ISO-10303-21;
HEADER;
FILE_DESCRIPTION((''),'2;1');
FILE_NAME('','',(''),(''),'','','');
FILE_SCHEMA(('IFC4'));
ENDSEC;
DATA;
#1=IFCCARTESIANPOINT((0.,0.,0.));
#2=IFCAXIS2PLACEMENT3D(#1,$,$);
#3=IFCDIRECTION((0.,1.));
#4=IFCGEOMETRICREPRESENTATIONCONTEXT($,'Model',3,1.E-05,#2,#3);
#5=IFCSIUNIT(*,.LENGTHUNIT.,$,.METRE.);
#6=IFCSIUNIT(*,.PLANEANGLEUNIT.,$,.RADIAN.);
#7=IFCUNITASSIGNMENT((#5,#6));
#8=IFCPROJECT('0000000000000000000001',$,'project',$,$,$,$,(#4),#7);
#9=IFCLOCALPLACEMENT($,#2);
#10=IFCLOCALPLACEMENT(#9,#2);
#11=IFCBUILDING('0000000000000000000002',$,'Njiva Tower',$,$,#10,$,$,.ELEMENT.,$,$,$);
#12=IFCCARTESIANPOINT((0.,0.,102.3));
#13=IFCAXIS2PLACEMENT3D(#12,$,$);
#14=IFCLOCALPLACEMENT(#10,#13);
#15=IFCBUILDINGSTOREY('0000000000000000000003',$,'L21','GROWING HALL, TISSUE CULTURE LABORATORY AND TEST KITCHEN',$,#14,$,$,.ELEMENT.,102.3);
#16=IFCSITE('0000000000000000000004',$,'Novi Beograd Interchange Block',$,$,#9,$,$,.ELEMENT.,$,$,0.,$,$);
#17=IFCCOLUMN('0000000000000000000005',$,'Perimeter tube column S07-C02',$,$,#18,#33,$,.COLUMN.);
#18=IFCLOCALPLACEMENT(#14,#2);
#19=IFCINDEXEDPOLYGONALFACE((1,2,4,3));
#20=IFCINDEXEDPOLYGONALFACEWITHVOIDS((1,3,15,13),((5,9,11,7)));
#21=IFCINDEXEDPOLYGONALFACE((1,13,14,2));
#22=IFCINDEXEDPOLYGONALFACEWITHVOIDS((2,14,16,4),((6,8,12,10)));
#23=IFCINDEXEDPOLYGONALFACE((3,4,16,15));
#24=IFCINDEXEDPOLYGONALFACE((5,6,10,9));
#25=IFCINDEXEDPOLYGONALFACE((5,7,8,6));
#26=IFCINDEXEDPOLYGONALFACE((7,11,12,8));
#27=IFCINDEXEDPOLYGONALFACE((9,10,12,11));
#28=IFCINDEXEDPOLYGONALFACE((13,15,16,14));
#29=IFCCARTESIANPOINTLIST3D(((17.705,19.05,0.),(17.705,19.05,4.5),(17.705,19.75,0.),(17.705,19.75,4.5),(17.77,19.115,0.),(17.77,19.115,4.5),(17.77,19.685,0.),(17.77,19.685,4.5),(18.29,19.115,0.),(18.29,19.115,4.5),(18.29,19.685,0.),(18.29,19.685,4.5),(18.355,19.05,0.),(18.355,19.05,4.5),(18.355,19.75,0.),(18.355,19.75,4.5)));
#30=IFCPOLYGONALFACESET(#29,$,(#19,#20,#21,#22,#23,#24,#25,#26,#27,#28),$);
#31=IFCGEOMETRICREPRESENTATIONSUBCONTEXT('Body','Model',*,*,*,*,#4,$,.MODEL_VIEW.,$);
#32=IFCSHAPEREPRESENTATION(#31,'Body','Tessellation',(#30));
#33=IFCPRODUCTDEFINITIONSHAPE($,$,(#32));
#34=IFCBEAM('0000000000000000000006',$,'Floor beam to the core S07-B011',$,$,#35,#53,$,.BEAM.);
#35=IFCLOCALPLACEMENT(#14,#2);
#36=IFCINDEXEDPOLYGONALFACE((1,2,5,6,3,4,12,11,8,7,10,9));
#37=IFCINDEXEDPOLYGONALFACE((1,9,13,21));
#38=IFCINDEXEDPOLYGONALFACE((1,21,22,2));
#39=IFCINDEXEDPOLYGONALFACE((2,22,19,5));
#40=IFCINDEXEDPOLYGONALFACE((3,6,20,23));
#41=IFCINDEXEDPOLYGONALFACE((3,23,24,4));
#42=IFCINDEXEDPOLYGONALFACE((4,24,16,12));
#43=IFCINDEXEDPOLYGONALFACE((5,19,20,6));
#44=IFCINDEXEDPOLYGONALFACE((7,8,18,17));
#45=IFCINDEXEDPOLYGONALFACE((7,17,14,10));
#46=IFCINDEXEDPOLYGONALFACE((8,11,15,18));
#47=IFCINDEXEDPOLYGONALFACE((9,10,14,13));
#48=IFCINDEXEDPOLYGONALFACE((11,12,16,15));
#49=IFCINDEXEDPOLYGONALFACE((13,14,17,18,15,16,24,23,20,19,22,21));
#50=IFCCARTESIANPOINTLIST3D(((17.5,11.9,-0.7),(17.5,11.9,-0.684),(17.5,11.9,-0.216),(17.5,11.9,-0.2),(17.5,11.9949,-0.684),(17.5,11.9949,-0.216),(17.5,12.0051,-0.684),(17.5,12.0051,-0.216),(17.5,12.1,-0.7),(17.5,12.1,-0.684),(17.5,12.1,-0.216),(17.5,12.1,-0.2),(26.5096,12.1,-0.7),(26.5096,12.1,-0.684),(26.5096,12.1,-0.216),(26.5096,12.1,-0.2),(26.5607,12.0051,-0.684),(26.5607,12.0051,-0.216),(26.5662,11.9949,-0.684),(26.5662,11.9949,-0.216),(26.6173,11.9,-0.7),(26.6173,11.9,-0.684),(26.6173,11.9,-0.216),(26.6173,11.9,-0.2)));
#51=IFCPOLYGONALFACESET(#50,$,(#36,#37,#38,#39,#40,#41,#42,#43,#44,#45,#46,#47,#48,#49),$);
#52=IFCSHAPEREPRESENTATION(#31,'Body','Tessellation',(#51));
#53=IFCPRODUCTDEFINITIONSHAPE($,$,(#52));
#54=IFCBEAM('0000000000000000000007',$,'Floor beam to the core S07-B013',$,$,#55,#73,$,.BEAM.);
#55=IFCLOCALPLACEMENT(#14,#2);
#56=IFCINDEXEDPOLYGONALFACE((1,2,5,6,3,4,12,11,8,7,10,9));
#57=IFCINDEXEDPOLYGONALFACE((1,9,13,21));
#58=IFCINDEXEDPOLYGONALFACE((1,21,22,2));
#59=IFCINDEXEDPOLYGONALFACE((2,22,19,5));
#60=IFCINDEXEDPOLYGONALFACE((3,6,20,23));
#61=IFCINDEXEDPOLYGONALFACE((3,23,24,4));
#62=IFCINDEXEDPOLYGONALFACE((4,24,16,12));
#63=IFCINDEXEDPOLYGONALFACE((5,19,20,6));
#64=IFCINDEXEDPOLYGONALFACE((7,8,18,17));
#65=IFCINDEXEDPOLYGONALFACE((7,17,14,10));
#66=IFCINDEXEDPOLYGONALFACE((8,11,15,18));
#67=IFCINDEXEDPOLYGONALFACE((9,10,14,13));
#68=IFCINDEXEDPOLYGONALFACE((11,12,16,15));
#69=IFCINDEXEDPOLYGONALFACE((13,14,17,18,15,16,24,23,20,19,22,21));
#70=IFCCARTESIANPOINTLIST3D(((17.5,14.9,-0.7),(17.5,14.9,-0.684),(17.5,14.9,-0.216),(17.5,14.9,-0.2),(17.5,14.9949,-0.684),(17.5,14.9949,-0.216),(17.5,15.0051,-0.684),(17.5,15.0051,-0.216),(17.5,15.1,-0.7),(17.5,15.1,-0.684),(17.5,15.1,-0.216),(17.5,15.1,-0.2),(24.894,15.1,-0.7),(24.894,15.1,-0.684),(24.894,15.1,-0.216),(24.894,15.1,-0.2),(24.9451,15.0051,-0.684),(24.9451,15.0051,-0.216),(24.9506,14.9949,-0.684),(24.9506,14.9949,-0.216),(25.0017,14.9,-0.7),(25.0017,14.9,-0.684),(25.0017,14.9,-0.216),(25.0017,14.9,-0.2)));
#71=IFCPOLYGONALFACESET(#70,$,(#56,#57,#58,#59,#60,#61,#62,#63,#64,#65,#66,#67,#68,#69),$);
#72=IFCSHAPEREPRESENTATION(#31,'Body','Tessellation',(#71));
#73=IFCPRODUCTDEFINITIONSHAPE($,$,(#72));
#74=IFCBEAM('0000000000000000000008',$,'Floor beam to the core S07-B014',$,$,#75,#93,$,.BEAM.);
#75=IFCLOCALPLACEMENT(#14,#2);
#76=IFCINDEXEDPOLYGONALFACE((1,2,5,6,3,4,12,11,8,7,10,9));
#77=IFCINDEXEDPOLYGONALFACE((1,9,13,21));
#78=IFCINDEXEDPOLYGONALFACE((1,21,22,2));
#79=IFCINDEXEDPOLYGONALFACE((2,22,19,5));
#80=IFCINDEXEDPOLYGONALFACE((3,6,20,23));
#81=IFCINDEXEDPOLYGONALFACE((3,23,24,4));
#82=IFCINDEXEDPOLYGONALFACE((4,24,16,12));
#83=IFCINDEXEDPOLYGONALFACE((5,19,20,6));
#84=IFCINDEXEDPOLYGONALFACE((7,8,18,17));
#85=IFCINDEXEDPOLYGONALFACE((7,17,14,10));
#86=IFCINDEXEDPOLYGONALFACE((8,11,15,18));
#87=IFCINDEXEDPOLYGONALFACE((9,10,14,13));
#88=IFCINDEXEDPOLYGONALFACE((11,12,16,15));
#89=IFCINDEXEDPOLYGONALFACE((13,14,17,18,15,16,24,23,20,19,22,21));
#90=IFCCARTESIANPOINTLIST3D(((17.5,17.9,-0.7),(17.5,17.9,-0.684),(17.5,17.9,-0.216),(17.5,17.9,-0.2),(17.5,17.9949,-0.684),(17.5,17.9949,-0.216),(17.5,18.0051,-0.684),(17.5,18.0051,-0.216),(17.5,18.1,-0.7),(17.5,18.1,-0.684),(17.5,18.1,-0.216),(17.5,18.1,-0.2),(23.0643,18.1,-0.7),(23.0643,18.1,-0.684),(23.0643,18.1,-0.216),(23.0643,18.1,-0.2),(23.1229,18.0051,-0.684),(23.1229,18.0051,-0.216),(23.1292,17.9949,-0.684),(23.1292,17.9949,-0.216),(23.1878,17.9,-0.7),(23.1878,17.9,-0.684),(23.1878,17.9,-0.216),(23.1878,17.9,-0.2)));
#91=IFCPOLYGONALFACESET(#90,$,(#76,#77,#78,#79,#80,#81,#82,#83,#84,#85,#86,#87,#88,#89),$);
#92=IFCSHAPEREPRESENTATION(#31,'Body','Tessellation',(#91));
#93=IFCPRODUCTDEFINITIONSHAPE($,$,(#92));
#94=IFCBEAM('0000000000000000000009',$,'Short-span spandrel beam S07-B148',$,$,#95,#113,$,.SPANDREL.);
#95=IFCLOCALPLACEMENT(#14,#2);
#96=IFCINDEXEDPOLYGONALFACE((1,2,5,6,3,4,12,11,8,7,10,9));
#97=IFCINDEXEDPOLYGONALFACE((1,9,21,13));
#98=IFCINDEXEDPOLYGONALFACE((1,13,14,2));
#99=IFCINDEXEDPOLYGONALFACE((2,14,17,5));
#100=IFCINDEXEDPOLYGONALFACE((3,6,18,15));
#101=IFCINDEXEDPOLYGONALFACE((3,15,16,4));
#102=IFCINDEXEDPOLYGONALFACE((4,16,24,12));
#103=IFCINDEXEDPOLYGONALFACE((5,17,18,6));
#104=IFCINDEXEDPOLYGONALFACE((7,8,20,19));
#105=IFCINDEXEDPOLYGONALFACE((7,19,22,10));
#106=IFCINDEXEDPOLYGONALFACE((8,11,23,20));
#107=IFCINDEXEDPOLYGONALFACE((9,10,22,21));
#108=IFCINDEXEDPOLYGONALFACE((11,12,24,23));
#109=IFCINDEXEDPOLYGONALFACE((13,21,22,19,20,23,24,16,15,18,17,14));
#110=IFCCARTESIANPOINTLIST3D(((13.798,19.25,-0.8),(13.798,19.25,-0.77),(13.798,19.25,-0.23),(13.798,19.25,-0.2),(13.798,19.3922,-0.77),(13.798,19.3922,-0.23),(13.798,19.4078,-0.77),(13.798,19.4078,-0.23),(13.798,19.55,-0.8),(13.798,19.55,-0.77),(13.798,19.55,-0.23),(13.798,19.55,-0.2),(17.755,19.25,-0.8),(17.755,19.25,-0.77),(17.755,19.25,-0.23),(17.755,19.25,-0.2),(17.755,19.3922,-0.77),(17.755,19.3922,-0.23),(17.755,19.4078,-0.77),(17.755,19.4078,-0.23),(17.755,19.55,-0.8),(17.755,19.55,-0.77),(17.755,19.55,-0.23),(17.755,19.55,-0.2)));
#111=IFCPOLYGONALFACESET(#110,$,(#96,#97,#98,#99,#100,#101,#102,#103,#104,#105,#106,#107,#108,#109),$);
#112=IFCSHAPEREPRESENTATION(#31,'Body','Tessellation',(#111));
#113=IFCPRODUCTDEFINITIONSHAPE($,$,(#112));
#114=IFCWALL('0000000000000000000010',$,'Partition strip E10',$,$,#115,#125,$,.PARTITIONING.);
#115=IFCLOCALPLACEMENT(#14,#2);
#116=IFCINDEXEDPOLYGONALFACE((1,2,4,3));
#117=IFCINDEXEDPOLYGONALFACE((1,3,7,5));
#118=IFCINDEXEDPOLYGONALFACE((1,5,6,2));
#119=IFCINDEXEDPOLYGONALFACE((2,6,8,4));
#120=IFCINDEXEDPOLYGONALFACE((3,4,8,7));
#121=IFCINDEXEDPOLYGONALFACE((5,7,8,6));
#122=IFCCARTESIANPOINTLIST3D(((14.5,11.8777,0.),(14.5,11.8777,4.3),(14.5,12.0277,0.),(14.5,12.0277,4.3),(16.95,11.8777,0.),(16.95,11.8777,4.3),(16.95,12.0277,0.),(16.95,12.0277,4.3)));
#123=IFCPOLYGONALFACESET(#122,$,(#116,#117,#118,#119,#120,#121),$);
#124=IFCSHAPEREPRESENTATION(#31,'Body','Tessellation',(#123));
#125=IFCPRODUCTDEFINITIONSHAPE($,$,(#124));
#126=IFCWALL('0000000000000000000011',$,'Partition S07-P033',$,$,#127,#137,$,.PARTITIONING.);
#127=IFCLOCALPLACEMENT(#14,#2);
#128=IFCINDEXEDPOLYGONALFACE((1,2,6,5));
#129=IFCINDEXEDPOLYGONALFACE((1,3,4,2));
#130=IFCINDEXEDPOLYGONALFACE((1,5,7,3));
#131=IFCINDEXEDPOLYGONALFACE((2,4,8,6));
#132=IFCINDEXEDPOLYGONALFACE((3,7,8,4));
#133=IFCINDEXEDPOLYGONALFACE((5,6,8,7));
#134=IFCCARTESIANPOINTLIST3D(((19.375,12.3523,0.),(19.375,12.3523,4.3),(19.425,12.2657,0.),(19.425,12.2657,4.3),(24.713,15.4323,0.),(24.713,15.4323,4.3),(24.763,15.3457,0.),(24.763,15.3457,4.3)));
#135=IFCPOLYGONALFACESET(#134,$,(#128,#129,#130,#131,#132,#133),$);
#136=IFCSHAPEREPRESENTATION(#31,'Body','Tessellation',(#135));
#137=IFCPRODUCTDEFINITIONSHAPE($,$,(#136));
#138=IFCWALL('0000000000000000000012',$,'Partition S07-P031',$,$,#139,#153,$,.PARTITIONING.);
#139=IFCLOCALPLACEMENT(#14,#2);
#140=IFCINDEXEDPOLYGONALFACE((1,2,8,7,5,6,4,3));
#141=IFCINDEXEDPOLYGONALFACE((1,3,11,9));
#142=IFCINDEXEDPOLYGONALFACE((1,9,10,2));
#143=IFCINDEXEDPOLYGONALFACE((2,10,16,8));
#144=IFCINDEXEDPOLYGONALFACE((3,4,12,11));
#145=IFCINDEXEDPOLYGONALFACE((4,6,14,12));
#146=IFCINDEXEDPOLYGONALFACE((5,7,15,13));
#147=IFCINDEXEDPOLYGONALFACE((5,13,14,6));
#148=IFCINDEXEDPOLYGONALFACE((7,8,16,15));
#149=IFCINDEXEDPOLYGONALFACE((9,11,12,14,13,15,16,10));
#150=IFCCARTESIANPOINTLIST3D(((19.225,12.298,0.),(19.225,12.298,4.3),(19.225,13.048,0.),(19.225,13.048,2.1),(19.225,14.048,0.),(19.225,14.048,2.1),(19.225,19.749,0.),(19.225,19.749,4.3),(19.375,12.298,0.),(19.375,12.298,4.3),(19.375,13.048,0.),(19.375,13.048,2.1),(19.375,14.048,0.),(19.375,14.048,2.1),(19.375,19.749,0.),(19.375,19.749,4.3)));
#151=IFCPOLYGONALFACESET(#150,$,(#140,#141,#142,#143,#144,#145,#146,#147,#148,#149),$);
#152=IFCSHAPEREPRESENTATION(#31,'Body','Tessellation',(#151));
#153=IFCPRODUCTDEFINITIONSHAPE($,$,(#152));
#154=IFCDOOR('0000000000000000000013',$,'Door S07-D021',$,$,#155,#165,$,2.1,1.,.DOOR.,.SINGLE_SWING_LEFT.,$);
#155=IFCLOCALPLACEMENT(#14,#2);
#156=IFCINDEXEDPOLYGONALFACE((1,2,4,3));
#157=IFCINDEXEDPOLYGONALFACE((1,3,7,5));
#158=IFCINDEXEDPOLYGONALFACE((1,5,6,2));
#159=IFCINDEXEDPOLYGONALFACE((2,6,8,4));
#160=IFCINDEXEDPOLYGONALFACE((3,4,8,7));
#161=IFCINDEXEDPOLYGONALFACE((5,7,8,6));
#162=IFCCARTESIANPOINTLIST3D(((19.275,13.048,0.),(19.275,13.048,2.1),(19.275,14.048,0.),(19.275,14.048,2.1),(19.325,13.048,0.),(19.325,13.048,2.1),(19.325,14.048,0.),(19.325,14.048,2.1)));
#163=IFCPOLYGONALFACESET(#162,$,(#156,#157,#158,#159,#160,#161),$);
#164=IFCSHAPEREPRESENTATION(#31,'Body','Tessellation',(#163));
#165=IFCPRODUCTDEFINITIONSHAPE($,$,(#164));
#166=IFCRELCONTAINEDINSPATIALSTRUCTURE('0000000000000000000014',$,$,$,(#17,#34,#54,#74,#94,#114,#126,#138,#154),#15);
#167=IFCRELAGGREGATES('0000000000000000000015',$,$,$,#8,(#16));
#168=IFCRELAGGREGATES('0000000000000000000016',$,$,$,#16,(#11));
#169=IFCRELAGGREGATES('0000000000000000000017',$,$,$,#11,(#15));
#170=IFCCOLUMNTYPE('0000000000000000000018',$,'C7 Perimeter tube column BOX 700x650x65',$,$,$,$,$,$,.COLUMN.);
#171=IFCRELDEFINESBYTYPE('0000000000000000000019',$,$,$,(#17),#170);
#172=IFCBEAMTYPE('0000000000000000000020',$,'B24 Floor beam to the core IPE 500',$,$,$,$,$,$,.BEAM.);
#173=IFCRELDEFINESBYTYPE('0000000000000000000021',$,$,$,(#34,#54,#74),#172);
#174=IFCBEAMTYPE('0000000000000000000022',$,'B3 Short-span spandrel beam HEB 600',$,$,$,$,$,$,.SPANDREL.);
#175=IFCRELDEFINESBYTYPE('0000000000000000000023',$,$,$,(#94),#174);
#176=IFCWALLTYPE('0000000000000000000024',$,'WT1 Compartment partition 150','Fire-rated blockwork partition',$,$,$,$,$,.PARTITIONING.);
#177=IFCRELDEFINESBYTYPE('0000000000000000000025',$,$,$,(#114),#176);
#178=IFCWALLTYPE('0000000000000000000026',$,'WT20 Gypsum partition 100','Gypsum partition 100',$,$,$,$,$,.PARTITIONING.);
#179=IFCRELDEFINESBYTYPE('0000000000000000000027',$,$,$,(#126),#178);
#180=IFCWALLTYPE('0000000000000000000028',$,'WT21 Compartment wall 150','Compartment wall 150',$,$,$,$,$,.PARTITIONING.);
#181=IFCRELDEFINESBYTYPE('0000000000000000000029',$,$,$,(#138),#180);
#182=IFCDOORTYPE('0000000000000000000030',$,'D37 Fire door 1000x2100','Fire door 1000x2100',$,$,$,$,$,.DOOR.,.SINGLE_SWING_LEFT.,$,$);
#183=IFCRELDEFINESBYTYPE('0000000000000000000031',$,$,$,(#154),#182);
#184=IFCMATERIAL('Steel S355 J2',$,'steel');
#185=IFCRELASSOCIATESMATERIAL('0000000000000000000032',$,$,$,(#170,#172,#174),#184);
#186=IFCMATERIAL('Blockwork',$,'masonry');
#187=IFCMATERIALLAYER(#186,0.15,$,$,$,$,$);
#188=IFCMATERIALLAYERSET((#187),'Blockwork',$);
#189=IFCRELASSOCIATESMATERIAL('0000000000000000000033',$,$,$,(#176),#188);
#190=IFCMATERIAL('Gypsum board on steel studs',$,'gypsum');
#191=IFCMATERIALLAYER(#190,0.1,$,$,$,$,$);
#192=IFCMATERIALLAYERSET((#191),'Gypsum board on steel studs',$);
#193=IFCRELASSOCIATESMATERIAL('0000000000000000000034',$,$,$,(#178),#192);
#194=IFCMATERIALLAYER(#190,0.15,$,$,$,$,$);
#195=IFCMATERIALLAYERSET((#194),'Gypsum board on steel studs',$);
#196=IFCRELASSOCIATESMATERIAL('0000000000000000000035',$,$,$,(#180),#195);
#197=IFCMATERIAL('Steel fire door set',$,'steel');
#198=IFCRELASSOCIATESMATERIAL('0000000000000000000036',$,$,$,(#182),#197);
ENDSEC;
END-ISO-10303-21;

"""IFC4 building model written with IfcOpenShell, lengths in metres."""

from ifc_helpers import new_model, si_unit, direction, frame, frame_2d, origin, origin_2d, place, context, subcontext, project, spatial, rectangle, hollow_rectangle, i_section, extrude, clip, halfspace, material, layer, layer_set, material_profile, profile_set, type_object, element, fill, save


model = new_model("IFC4")

# Units and contexts
model_context = context("Model", 3, precision=1e-05, world=origin(), true_north=direction((0.0, 1.0)))
body_context = subcontext(model_context, "Body", "Model", "MODEL_VIEW")
ifc_project = project(units=[si_unit("LENGTHUNIT", "METRE"), si_unit("PLANEANGLEUNIT", "RADIAN")], contexts=[model_context])

# Site, building, storey
site_placement = place(None, origin())
site = spatial("IfcSite", under=ifc_project, at=site_placement, Name="Novi Beograd Interchange Block", CompositionType="ELEMENT", RefElevation=0.0)
building_placement = place(site_placement, origin())
building = spatial("IfcBuilding", under=site, at=building_placement, Name="Njiva Tower", CompositionType="ELEMENT")
storey_placement = place(building_placement, frame((0.0, 0.0, 102.3)))
storey = spatial("IfcBuildingStorey", under=building, at=storey_placement, Name="L21", Description="GROWING HALL, TISSUE CULTURE LABORATORY AND TEST KITCHEN", CompositionType="ELEMENT", Elevation=102.3)

# Column
ifc_material_1 = material(Name="Steel S355 J2", Category="steel")
ifc_material_profile_1 = material_profile(ifc_material_1, hollow_rectangle(XDim=0.65, YDim=0.7, WallThickness=0.065, at=origin_2d()), Name="BOX 700x650x65")
ifc_profile_set_1 = profile_set([ifc_material_profile_1], Name="Steel S355 J2")
column_type = type_object("IfcColumnType", Name="C7 Perimeter tube column BOX 700x650x65", PredefinedType="COLUMN", material=ifc_profile_set_1)
column_placement = place(storey_placement, frame((18.03, 19.4, 0.0), z_axis=(0.0, 0.0, 1.0), x_axis=(-1.0, 0.0, 0.0)))
element("IfcColumn", 1, at=column_placement, inside=storey, type_object=column_type, Name="Perimeter tube column S07-C02", PredefinedType="COLUMN", context=body_context, shape_type="SweptSolid", body=[
    extrude(hollow_rectangle(XDim=0.65, YDim=0.7, WallThickness=0.065, at=origin_2d()), origin(), (0.0, 0.0, 1.0), 4.5),
])

# Beams
ifc_material_profile_2 = material_profile(ifc_material_1, i_section(OverallWidth=0.2, OverallDepth=0.5, WebThickness=0.0102, FlangeThickness=0.016, at=origin_2d()), Name="IPE 500")
ifc_profile_set_2 = profile_set([ifc_material_profile_2], Name="Steel S355 J2")
beam_type_1 = type_object("IfcBeamType", Name="B24 Floor beam to the core IPE 500", PredefinedType="BEAM", material=ifc_profile_set_2)
beam_1_placement = place(storey_placement, frame((17.5, 12.0, -0.45), z_axis=(1.0, 0.0, 0.0), x_axis=(0.0, 1.0, 0.0)))
element("IfcBeam", 2, at=beam_1_placement, inside=storey, type_object=beam_type_1, Name="Floor beam to the core S07-B011", PredefinedType="BEAM", context=body_context, shape_type="Clipping", body=[
    clip(extrude(i_section(OverallWidth=0.2, OverallDepth=0.5, WebThickness=0.0102, FlangeThickness=0.016, at=origin_2d()), origin(), (0.0, 0.0, 1.0), 9.137), halfspace(frame((0.0237, 0.0, 9.0507), z_axis=(0.474152, 0.0, 0.880443), x_axis=(0.0, 1.0, 0.0)), False)),
])
beam_2_placement = place(storey_placement, frame((17.5, 15.0, -0.45), z_axis=(1.0, 0.0, 0.0), x_axis=(0.0, 1.0, 0.0)))
element("IfcBeam", 3, at=beam_2_placement, inside=storey, type_object=beam_type_1, Name="Floor beam to the core S07-B013", PredefinedType="BEAM", context=body_context, shape_type="Clipping", body=[
    clip(extrude(i_section(OverallWidth=0.2, OverallDepth=0.5, WebThickness=0.0102, FlangeThickness=0.016, at=origin_2d()), origin(), (0.0, 0.0, 1.0), 7.522), halfspace(frame((0.0237, 0.0, 7.4351), z_axis=(0.474152, 0.0, 0.880443), x_axis=(0.0, 1.0, 0.0)), False)),
])
beam_3_placement = place(storey_placement, frame((17.5, 18.0, -0.45), z_axis=(1.0, 0.0, 0.0), x_axis=(0.0, 1.0, 0.0)))
element("IfcBeam", 4, at=beam_3_placement, inside=storey, type_object=beam_type_1, Name="Floor beam to the core S07-B014", PredefinedType="BEAM", context=body_context, shape_type="Clipping", body=[
    clip(extrude(i_section(OverallWidth=0.2, OverallDepth=0.5, WebThickness=0.0102, FlangeThickness=0.016, at=origin_2d()), origin(), (0.0, 0.0, 1.0), 5.708), halfspace(frame((0.0263, 0.0, 5.6098), z_axis=(0.52541, 0.0, 0.850849), x_axis=(0.0, 1.0, 0.0)), False)),
])
ifc_material_profile_3 = material_profile(ifc_material_1, i_section(OverallWidth=0.3, OverallDepth=0.6, WebThickness=0.0155, FlangeThickness=0.03, at=origin_2d()), Name="HEB 600")
ifc_profile_set_3 = profile_set([ifc_material_profile_3], Name="Steel S355 J2")
beam_type_2 = type_object("IfcBeamType", Name="B3 Short-span spandrel beam HEB 600", PredefinedType="SPANDREL", material=ifc_profile_set_3)
beam_4_placement = place(storey_placement, frame((17.755, 19.4, -0.5), z_axis=(-1.0, 0.0, 0.0), x_axis=(0.0, -1.0, 0.0)))
element("IfcBeam", 5, at=beam_4_placement, inside=storey, type_object=beam_type_2, Name="Short-span spandrel beam S07-B148", PredefinedType="SPANDREL", context=body_context, shape_type="SweptSolid", body=[
    extrude(i_section(OverallWidth=0.3, OverallDepth=0.6, WebThickness=0.0155, FlangeThickness=0.03, at=origin_2d()), origin(), (0.0, 0.0, 1.0), 3.957),
])

# Walls
ifc_material_2 = material(Name="Blockwork", Category="masonry")
ifc_layer_1 = layer(ifc_material_2, 0.15)
ifc_layer_set_1 = layer_set([ifc_layer_1], Name="Blockwork")
wall_type_1 = type_object("IfcWallType", Name="WT1 Compartment partition 150", Description="Fire-rated blockwork partition", PredefinedType="PARTITIONING", material=ifc_layer_set_1)
wall_1_placement = place(storey_placement, frame((14.5, 11.9527, 0.0), z_axis=(0.0, 0.0, 1.0), x_axis=(1.0, 0.0, 0.0)))
element("IfcWall", 6, at=wall_1_placement, inside=storey, type_object=wall_type_1, Name="Partition strip E10", PredefinedType="PARTITIONING", context=body_context, shape_type="SweptSolid", body=[
    extrude(rectangle(XDim=2.45, YDim=0.15, at=frame_2d((1.225, 0.0))), origin(), (0.0, 0.0, 1.0), 4.3),
])
ifc_material_3 = material(Name="Gypsum board on steel studs", Category="gypsum")
ifc_layer_2 = layer(ifc_material_3, 0.1)
ifc_layer_set_2 = layer_set([ifc_layer_2], Name="Gypsum board on steel studs")
wall_type_2 = type_object("IfcWallType", Name="WT20 Gypsum partition 100", Description="Gypsum partition 100", PredefinedType="PARTITIONING", material=ifc_layer_set_2)
wall_2_placement = place(storey_placement, frame((19.4, 12.309, 0.0), z_axis=(0.0, 0.0, 1.0), x_axis=(0.866159, 0.499769, 0.0)))
element("IfcWall", 7, at=wall_2_placement, inside=storey, type_object=wall_type_2, Name="Partition S07-P033", PredefinedType="PARTITIONING", context=body_context, shape_type="SweptSolid", body=[
    extrude(rectangle(XDim=6.1628, YDim=0.1, at=frame_2d((3.0814, 0.0))), origin(), (0.0, 0.0, 1.0), 4.3),
])

# Wall, opening, door
ifc_layer_3 = layer(ifc_material_3, 0.15)
ifc_layer_set_3 = layer_set([ifc_layer_3], Name="Gypsum board on steel studs")
wall_type_3 = type_object("IfcWallType", Name="WT21 Compartment wall 150", Description="Compartment wall 150", PredefinedType="PARTITIONING", material=ifc_layer_set_3)
wall_3_placement = place(storey_placement, frame((19.3, 12.298, 0.0), z_axis=(0.0, 0.0, 1.0), x_axis=(0.0, 1.0, 0.0)))
wall_3 = element("IfcWall", 8, at=wall_3_placement, inside=storey, type_object=wall_type_3, Name="Partition S07-P031", PredefinedType="PARTITIONING", context=body_context, shape_type="SweptSolid", body=[
    extrude(rectangle(XDim=7.451, YDim=0.15, at=frame_2d((3.7255, 0.0))), origin(), (0.0, 0.0, 1.0), 4.3),
])
opening_placement = place(wall_3_placement, frame((0.75, 0.0, 0.0)))
opening = element("IfcOpeningElement", 9, at=opening_placement, cuts=wall_3, PredefinedType="OPENING", context=body_context, shape_type="SweptSolid", body=[
    extrude(rectangle(XDim=1.0, YDim=2.1, at=frame_2d((0.5, 1.05))), frame((0.0, 0.085, 0.0), z_axis=(0.0, -1.0, 0.0), x_axis=(1.0, 0.0, 0.0)), (0.0, 0.0, 1.0), 0.17),
])
ifc_material_4 = material(Name="Steel fire door set", Category="steel")
door_type = type_object("IfcDoorType", Name="D37 Fire door 1000x2100", Description="Fire door 1000x2100", OperationType="SINGLE_SWING_LEFT", PredefinedType="DOOR", material=ifc_material_4)
door_placement = place(opening_placement, origin())
door = element("IfcDoor", 10, at=door_placement, inside=storey, type_object=door_type, Name="Door S07-D021", OperationType="SINGLE_SWING_LEFT", OverallHeight=2.1, OverallWidth=1.0, PredefinedType="DOOR", context=body_context, shape_type="SweptSolid", body=[
    extrude(rectangle(XDim=1.0, YDim=2.1, at=frame_2d((0.5, 1.05))), frame((0.0, 0.025, 0.0), z_axis=(0.0, -1.0, 0.0), x_axis=(1.0, 0.0, 0.0)), (0.0, 0.0, 1.0), 0.05),
])
fill(opening, door)

save(model, "model.ifc")
